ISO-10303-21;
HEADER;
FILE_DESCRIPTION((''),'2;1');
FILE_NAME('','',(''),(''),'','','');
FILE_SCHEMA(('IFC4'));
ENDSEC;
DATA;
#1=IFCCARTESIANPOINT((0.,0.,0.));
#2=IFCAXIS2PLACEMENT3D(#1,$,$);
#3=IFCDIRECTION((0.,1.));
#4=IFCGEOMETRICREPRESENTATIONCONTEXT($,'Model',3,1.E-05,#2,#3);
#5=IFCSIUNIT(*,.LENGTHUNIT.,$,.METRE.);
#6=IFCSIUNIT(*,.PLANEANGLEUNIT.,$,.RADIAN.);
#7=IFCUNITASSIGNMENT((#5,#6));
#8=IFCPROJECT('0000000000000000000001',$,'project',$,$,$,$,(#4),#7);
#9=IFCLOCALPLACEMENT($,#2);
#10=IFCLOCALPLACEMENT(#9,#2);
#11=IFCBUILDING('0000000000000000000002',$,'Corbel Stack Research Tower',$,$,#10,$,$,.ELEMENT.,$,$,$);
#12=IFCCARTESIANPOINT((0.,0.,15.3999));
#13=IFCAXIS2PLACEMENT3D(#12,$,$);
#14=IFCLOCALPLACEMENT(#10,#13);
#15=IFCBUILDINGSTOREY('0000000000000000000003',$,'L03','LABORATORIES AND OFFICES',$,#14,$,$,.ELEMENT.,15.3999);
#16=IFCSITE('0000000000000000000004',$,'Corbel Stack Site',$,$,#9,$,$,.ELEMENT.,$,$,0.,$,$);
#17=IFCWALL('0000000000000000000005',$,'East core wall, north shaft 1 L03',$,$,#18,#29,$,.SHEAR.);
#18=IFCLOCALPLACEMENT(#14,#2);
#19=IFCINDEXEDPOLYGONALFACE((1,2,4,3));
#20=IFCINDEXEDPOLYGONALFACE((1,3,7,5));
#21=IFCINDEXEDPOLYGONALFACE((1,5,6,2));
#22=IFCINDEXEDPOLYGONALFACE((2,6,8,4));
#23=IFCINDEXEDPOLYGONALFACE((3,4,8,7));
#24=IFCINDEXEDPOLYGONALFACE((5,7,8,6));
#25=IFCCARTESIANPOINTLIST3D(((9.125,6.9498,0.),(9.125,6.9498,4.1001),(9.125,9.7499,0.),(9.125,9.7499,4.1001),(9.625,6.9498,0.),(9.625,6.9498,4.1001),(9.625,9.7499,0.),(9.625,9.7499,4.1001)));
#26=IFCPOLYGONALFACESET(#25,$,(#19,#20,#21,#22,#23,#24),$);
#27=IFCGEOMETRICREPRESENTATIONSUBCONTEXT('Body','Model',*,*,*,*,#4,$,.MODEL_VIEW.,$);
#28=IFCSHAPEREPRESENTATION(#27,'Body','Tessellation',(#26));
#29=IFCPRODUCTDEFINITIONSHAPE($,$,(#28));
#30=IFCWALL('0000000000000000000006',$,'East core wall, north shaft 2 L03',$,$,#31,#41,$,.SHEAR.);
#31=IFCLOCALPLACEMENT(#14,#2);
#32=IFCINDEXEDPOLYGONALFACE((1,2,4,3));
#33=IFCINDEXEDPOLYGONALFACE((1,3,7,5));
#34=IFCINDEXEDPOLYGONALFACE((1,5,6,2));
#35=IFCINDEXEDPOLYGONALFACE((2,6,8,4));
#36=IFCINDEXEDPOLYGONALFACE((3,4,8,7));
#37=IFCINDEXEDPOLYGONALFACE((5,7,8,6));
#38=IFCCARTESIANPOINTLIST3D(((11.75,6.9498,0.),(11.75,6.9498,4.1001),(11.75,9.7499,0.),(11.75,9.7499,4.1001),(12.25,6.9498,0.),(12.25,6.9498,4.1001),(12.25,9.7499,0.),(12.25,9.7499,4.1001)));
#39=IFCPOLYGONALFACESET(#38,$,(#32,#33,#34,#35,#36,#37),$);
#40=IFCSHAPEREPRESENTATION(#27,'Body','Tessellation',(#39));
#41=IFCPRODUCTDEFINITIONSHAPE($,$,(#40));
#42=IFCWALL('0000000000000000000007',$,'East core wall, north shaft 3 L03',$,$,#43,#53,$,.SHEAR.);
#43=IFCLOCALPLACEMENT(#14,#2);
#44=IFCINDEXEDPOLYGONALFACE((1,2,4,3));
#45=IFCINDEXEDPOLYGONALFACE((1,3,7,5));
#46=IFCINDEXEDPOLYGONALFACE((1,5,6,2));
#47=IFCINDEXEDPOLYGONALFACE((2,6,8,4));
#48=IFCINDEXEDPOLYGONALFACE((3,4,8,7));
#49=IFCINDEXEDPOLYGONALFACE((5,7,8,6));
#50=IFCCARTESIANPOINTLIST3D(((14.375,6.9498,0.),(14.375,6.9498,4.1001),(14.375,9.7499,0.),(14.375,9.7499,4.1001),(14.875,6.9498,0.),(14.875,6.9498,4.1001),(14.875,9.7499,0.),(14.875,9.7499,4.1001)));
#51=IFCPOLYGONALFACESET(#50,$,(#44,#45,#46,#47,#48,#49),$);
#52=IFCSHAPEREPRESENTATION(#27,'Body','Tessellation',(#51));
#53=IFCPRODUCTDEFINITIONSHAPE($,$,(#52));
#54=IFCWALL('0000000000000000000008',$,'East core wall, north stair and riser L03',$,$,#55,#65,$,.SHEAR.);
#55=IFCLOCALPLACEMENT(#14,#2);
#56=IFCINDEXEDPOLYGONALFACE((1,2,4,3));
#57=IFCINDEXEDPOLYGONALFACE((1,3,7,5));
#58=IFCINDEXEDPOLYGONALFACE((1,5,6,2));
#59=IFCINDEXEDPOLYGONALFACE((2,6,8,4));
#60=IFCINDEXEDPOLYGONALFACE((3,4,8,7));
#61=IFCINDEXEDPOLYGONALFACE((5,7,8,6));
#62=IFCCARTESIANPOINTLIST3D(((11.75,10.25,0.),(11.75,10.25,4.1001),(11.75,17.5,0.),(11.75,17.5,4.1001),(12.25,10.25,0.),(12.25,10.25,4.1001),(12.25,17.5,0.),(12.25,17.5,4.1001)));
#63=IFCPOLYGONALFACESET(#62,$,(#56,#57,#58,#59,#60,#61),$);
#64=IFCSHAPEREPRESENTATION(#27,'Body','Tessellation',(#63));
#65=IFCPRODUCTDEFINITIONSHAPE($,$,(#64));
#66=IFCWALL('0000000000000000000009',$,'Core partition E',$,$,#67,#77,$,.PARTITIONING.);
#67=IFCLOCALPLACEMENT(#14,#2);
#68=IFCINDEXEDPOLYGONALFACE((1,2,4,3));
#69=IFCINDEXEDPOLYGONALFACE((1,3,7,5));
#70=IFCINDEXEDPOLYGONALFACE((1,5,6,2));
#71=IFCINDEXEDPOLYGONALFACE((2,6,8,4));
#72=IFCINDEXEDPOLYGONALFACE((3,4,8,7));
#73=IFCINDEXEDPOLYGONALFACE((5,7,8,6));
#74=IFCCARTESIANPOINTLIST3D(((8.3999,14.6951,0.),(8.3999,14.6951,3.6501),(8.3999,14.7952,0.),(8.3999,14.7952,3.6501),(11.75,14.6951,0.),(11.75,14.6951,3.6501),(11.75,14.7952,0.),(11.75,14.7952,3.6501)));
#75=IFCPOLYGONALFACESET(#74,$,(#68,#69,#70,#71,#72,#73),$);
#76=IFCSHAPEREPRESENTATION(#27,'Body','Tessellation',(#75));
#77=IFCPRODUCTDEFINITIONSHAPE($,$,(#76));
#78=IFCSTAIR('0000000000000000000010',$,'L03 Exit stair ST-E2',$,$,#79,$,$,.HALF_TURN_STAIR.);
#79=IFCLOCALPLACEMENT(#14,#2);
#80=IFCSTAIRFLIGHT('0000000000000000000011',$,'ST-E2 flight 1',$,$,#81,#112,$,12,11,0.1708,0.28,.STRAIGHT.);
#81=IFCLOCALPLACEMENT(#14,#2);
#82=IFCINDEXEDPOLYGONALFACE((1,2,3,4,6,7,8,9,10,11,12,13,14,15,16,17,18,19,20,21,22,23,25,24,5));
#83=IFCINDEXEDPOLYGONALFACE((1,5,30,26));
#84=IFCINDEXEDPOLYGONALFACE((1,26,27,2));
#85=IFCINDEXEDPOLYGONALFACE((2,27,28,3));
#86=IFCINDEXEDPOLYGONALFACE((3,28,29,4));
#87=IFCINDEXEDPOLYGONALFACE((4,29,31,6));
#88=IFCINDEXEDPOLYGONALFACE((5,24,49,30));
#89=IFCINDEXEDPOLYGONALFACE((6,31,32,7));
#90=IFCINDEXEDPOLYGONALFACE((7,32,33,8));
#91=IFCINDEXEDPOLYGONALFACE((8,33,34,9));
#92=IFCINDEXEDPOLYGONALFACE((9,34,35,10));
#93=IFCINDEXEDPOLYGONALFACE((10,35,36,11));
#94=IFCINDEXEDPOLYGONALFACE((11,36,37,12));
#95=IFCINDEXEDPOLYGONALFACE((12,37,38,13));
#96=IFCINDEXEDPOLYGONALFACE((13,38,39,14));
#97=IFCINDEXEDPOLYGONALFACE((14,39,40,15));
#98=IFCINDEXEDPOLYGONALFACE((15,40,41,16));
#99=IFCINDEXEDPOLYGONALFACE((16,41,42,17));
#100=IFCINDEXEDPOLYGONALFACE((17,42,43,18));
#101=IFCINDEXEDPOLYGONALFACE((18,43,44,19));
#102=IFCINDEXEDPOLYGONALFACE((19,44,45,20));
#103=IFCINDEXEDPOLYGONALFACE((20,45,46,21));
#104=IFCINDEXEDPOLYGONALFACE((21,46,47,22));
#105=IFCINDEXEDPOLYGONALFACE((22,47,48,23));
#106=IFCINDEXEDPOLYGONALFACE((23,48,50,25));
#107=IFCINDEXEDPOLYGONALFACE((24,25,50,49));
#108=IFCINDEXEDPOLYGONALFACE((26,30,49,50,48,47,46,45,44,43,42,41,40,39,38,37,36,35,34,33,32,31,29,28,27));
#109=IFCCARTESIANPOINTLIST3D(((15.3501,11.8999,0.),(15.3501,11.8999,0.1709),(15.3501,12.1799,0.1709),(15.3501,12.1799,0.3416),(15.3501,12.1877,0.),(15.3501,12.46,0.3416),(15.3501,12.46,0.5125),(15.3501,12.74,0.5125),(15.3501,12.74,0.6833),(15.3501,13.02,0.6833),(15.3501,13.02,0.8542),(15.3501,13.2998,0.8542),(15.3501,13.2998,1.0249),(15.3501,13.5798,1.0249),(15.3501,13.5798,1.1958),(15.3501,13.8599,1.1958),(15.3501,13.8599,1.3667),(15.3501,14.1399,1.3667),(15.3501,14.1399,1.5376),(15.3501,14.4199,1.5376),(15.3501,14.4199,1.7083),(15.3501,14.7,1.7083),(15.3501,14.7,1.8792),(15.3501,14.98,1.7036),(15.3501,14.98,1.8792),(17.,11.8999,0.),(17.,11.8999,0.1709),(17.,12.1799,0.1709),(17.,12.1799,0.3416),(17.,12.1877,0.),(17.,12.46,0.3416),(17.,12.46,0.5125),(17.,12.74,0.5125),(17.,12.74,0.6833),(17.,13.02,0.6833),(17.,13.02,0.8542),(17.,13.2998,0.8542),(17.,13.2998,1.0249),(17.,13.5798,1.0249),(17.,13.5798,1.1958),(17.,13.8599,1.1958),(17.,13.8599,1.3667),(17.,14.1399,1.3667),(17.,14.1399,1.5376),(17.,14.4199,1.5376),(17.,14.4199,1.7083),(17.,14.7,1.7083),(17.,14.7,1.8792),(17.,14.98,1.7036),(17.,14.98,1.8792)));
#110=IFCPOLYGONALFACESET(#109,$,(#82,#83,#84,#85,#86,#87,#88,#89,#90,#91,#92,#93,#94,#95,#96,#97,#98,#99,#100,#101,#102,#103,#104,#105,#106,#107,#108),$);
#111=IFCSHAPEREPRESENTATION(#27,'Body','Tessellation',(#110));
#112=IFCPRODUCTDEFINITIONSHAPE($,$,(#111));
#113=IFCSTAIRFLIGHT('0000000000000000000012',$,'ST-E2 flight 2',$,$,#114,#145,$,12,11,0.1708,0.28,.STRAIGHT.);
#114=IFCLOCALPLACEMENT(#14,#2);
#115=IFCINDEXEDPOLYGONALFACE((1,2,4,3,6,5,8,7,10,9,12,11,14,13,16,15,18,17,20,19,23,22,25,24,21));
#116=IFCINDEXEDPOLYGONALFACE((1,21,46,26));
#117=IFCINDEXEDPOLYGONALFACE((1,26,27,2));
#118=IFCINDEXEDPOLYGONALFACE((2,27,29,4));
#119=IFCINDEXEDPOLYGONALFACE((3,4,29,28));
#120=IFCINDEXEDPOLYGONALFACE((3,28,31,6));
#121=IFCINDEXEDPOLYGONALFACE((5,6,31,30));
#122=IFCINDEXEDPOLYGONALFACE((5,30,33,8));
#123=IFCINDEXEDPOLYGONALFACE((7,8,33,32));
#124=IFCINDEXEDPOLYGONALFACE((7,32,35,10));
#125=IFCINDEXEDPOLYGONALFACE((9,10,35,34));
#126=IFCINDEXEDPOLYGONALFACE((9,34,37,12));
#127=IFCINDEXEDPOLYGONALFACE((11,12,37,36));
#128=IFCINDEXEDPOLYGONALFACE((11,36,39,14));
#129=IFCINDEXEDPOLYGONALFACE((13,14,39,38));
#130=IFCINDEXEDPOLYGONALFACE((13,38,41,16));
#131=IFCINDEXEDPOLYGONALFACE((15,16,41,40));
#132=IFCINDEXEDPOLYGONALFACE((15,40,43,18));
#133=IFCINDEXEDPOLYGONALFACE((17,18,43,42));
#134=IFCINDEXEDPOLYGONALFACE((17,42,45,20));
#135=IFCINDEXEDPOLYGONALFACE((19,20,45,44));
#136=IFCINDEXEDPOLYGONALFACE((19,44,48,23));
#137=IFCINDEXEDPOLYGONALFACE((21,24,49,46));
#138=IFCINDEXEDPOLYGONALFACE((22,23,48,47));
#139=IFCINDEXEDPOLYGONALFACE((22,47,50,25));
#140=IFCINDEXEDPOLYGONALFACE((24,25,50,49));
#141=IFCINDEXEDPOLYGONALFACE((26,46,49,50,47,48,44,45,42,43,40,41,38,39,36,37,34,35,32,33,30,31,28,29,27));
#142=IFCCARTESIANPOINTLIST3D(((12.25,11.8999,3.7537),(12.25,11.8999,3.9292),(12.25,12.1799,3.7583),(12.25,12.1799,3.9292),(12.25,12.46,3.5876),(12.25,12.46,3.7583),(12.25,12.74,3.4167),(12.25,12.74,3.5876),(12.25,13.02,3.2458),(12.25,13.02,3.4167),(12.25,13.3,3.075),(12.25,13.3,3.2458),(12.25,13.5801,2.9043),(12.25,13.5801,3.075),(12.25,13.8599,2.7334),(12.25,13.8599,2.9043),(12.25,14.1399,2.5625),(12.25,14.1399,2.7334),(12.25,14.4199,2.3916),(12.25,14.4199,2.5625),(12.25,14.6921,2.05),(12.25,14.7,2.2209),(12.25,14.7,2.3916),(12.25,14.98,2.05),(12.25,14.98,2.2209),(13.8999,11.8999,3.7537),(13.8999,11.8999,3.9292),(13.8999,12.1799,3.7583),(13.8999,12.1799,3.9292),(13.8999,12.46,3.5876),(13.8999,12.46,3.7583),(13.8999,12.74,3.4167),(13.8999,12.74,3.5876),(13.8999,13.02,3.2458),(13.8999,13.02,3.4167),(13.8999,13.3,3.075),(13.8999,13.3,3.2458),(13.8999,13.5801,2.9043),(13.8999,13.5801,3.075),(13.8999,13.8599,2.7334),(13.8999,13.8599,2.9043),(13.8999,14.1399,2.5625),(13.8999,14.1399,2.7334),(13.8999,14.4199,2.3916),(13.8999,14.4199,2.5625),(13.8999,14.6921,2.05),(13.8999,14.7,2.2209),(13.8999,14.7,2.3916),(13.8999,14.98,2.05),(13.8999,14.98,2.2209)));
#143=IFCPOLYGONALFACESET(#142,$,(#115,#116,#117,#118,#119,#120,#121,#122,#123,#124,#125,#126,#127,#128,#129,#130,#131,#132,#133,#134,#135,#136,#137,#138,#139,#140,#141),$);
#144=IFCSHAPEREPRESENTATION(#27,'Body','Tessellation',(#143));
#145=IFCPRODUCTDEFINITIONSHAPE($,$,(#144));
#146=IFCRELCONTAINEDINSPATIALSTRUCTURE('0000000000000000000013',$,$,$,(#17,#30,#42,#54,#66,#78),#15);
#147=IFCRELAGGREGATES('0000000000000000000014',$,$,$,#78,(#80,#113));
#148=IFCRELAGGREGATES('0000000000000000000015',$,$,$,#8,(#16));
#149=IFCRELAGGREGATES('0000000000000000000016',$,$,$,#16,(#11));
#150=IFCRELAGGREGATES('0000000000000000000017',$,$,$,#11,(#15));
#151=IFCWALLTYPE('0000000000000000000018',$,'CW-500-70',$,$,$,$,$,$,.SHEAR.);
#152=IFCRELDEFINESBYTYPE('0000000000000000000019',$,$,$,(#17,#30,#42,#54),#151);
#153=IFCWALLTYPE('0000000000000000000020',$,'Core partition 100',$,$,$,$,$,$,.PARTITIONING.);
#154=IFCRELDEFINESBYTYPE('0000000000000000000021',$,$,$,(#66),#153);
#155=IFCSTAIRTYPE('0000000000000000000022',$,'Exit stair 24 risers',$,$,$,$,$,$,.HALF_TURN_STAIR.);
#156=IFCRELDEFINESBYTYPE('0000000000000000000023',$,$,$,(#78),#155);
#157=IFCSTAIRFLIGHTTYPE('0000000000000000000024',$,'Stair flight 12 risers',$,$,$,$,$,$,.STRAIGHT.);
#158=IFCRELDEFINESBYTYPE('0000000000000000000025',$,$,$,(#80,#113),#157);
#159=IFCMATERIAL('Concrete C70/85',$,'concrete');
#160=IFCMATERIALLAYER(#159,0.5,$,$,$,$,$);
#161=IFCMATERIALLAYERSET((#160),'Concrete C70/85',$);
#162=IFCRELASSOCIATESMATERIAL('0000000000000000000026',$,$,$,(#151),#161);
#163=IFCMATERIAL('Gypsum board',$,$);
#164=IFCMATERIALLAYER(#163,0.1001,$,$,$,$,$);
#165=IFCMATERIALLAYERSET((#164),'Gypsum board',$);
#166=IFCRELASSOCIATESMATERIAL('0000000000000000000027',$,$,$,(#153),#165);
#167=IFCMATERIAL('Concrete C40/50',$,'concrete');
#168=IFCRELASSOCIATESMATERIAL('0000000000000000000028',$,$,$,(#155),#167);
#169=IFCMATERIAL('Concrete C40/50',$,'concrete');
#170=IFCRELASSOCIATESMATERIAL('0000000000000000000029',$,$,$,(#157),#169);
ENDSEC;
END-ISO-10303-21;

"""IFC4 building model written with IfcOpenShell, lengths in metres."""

from ifc_helpers import new_model, si_unit, direction, frame, frame_2d, origin, place, context, subcontext, project, spatial, polyline, rectangle, outline, extrude, material, layer, layer_set, type_object, element, aggregate, save


model = new_model("IFC4")

# Units and contexts
model_context = context("Model", 3, precision=1e-05, world=origin(), true_north=direction((0.0, 1.0)))
body_context = subcontext(model_context, "Body", "Model", "MODEL_VIEW")
ifc_project = project(units=[si_unit("LENGTHUNIT", "METRE"), si_unit("PLANEANGLEUNIT", "RADIAN")], contexts=[model_context])

# Site, building, storey
site_placement = place(None, origin())
site = spatial("IfcSite", under=ifc_project, at=site_placement, Name="Corbel Stack Site", CompositionType="ELEMENT", RefElevation=0.0)
building_placement = place(site_placement, origin())
building = spatial("IfcBuilding", under=site, at=building_placement, Name="Corbel Stack Research Tower", CompositionType="ELEMENT")
storey_placement = place(building_placement, frame((0.0, 0.0, 15.3999)))
storey = spatial("IfcBuildingStorey", under=building, at=storey_placement, Name="L03", Description="LABORATORIES AND OFFICES", CompositionType="ELEMENT", Elevation=15.3999)

# Walls
ifc_material_1 = material(Name="Concrete C70/85", Category="concrete")
ifc_layer_1 = layer(ifc_material_1, 0.5)
ifc_layer_set_1 = layer_set([ifc_layer_1], Name="Concrete C70/85")
wall_type_1 = type_object("IfcWallType", Name="CW-500-70", PredefinedType="SHEAR", material=ifc_layer_set_1)
for number, where, z_axis, x_axis, name in (
    (1, (9.375, 6.95, 0.0), (0.0, 0.0, 1.0), (0.0, 1.0, 0.0), "East core wall, north shaft 1 L03"),
    (2, (12.0, 6.95, 0.0), (0.0, 0.0, 1.0), (0.0, 1.0, 0.0), "East core wall, north shaft 2 L03"),
    (3, (14.625, 6.95, 0.0), (0.0, 0.0, 1.0), (0.0, 1.0, 0.0), "East core wall, north shaft 3 L03"),
):
    element("IfcWall", number, at=place(storey_placement, frame(where, z_axis=z_axis, x_axis=x_axis)), inside=storey, type_object=wall_type_1, Name=name, PredefinedType="SHEAR", context=body_context, shape_type="SweptSolid", body=[
        extrude(rectangle(XDim=2.8, YDim=0.5, at=frame_2d((1.3999, 0.0))), origin(), (0.0, 0.0, 1.0), 4.1001),
    ])
wall_1_placement = place(storey_placement, frame((12.0, 10.25, 0.0), z_axis=(0.0, 0.0, 1.0), x_axis=(0.0, 1.0, 0.0)))
element("IfcWall", 4, at=wall_1_placement, inside=storey, type_object=wall_type_1, Name="East core wall, north stair and riser L03", PredefinedType="SHEAR", context=body_context, shape_type="SweptSolid", body=[
    extrude(rectangle(XDim=7.25, YDim=0.5, at=frame_2d((3.625, 0.0))), origin(), (0.0, 0.0, 1.0), 4.1001),
])
ifc_material_2 = material(Name="Gypsum board")
ifc_layer_2 = layer(ifc_material_2, 0.1001)
ifc_layer_set_2 = layer_set([ifc_layer_2], Name="Gypsum board")
wall_type_2 = type_object("IfcWallType", Name="Core partition 100", PredefinedType="PARTITIONING", material=ifc_layer_set_2)
wall_2_placement = place(storey_placement, frame((8.3999, 14.7451, 0.0), z_axis=(0.0, 0.0, 1.0), x_axis=(1.0, 0.0, 0.0)))
element("IfcWall", 5, at=wall_2_placement, inside=storey, type_object=wall_type_2, Name="Core partition E", PredefinedType="PARTITIONING", context=body_context, shape_type="SweptSolid", body=[
    extrude(rectangle(XDim=3.3501, YDim=0.1001, at=frame_2d((1.675, 0.0))), origin(), (0.0, 0.0, 1.0), 3.6501),
])

# Stair, stair flights
ifc_material_3 = material(Name="Concrete C40/50", Category="concrete")
stair_type = type_object("IfcStairType", Name="Exit stair 24 risers", PredefinedType="HALF_TURN_STAIR", material=ifc_material_3)
stair_placement = place(storey_placement, origin())
stair = element("IfcStair", 6, at=stair_placement, inside=storey, type_object=stair_type, Name="L03 Exit stair ST-E2", PredefinedType="HALF_TURN_STAIR")
ifc_material_4 = material(Name="Concrete C40/50", Category="concrete")
stair_flight_type = type_object("IfcStairFlightType", Name="Stair flight 12 risers", PredefinedType="STRAIGHT", material=ifc_material_4)
stair_flight_1_placement = place(storey_placement, frame((16.175, 11.8999, 0.0), z_axis=(0.0, 0.0, 1.0), x_axis=(0.0, 1.0, 0.0)))
stair_flight_1 = element("IfcStairFlight", 7, at=stair_flight_1_placement, type_object=stair_flight_type, Name="ST-E2 flight 1", NumberOfRisers=12, NumberOfTreads=11, PredefinedType="STRAIGHT", RiserHeight=0.1708, TreadLength=0.28, context=body_context, shape_type="SweptSolid", body=[
    extrude(outline(polyline([(0.0, 0.0), (0.0, 0.1709), (0.28, 0.1709), (0.28, 0.3416), (0.5601, 0.3416), (0.5601, 0.5125), (0.8401, 0.5125), (0.8401, 0.6833), (1.1201, 0.6833), (1.1201, 0.8542), (1.3999, 0.8542), (1.3999, 1.0249), (1.6799, 1.0249), (1.6799, 1.1958), (1.96, 1.1958), (1.96, 1.3667), (2.24, 1.3667), (2.24, 1.5376), (2.52, 1.5376), (2.52, 1.7083), (2.8, 1.7083), (2.8, 1.8792), (3.0801, 1.8792), (3.0801, 2.05), (3.0801, 1.7036), (0.2878, 0.0), (0.0, 0.0)])), frame((0.0, 0.825, 0.0), z_axis=(0.0, -1.0, 0.0), x_axis=(1.0, 0.0, 0.0)), (0.0, 0.0, 1.0), 1.6499),
])
stair_flight_2_placement = place(storey_placement, frame((13.075, 14.98, 2.05), z_axis=(0.0, 0.0, 1.0), x_axis=(0.0, -1.0, 0.0)))
stair_flight_2 = element("IfcStairFlight", 8, at=stair_flight_2_placement, type_object=stair_flight_type, Name="ST-E2 flight 2", NumberOfRisers=12, NumberOfTreads=11, PredefinedType="STRAIGHT", RiserHeight=0.1708, TreadLength=0.28, context=body_context, shape_type="SweptSolid", body=[
    extrude(outline(polyline([(0.0, 0.0), (0.0, 0.1709), (0.28, 0.1709), (0.28, 0.3416), (0.5601, 0.3416), (0.5601, 0.5125), (0.8401, 0.5125), (0.8401, 0.6833), (1.1201, 0.6833), (1.1201, 0.8542), (1.3999, 0.8542), (1.3999, 1.0249), (1.6799, 1.0249), (1.6799, 1.1958), (1.96, 1.1958), (1.96, 1.3667), (2.24, 1.3667), (2.24, 1.5376), (2.52, 1.5376), (2.52, 1.7083), (2.8, 1.7083), (2.8, 1.8792), (3.0801, 1.8792), (3.0801, 2.05), (3.0801, 1.7036), (0.2878, 0.0), (0.0, 0.0)])), frame((0.0, 0.825, 0.0), z_axis=(0.0, -1.0, 0.0), x_axis=(1.0, 0.0, 0.0)), (0.0, 0.0, 1.0), 1.6499),
])
aggregate(stair, [stair_flight_1, stair_flight_2])

save(model, "model.ifc")
